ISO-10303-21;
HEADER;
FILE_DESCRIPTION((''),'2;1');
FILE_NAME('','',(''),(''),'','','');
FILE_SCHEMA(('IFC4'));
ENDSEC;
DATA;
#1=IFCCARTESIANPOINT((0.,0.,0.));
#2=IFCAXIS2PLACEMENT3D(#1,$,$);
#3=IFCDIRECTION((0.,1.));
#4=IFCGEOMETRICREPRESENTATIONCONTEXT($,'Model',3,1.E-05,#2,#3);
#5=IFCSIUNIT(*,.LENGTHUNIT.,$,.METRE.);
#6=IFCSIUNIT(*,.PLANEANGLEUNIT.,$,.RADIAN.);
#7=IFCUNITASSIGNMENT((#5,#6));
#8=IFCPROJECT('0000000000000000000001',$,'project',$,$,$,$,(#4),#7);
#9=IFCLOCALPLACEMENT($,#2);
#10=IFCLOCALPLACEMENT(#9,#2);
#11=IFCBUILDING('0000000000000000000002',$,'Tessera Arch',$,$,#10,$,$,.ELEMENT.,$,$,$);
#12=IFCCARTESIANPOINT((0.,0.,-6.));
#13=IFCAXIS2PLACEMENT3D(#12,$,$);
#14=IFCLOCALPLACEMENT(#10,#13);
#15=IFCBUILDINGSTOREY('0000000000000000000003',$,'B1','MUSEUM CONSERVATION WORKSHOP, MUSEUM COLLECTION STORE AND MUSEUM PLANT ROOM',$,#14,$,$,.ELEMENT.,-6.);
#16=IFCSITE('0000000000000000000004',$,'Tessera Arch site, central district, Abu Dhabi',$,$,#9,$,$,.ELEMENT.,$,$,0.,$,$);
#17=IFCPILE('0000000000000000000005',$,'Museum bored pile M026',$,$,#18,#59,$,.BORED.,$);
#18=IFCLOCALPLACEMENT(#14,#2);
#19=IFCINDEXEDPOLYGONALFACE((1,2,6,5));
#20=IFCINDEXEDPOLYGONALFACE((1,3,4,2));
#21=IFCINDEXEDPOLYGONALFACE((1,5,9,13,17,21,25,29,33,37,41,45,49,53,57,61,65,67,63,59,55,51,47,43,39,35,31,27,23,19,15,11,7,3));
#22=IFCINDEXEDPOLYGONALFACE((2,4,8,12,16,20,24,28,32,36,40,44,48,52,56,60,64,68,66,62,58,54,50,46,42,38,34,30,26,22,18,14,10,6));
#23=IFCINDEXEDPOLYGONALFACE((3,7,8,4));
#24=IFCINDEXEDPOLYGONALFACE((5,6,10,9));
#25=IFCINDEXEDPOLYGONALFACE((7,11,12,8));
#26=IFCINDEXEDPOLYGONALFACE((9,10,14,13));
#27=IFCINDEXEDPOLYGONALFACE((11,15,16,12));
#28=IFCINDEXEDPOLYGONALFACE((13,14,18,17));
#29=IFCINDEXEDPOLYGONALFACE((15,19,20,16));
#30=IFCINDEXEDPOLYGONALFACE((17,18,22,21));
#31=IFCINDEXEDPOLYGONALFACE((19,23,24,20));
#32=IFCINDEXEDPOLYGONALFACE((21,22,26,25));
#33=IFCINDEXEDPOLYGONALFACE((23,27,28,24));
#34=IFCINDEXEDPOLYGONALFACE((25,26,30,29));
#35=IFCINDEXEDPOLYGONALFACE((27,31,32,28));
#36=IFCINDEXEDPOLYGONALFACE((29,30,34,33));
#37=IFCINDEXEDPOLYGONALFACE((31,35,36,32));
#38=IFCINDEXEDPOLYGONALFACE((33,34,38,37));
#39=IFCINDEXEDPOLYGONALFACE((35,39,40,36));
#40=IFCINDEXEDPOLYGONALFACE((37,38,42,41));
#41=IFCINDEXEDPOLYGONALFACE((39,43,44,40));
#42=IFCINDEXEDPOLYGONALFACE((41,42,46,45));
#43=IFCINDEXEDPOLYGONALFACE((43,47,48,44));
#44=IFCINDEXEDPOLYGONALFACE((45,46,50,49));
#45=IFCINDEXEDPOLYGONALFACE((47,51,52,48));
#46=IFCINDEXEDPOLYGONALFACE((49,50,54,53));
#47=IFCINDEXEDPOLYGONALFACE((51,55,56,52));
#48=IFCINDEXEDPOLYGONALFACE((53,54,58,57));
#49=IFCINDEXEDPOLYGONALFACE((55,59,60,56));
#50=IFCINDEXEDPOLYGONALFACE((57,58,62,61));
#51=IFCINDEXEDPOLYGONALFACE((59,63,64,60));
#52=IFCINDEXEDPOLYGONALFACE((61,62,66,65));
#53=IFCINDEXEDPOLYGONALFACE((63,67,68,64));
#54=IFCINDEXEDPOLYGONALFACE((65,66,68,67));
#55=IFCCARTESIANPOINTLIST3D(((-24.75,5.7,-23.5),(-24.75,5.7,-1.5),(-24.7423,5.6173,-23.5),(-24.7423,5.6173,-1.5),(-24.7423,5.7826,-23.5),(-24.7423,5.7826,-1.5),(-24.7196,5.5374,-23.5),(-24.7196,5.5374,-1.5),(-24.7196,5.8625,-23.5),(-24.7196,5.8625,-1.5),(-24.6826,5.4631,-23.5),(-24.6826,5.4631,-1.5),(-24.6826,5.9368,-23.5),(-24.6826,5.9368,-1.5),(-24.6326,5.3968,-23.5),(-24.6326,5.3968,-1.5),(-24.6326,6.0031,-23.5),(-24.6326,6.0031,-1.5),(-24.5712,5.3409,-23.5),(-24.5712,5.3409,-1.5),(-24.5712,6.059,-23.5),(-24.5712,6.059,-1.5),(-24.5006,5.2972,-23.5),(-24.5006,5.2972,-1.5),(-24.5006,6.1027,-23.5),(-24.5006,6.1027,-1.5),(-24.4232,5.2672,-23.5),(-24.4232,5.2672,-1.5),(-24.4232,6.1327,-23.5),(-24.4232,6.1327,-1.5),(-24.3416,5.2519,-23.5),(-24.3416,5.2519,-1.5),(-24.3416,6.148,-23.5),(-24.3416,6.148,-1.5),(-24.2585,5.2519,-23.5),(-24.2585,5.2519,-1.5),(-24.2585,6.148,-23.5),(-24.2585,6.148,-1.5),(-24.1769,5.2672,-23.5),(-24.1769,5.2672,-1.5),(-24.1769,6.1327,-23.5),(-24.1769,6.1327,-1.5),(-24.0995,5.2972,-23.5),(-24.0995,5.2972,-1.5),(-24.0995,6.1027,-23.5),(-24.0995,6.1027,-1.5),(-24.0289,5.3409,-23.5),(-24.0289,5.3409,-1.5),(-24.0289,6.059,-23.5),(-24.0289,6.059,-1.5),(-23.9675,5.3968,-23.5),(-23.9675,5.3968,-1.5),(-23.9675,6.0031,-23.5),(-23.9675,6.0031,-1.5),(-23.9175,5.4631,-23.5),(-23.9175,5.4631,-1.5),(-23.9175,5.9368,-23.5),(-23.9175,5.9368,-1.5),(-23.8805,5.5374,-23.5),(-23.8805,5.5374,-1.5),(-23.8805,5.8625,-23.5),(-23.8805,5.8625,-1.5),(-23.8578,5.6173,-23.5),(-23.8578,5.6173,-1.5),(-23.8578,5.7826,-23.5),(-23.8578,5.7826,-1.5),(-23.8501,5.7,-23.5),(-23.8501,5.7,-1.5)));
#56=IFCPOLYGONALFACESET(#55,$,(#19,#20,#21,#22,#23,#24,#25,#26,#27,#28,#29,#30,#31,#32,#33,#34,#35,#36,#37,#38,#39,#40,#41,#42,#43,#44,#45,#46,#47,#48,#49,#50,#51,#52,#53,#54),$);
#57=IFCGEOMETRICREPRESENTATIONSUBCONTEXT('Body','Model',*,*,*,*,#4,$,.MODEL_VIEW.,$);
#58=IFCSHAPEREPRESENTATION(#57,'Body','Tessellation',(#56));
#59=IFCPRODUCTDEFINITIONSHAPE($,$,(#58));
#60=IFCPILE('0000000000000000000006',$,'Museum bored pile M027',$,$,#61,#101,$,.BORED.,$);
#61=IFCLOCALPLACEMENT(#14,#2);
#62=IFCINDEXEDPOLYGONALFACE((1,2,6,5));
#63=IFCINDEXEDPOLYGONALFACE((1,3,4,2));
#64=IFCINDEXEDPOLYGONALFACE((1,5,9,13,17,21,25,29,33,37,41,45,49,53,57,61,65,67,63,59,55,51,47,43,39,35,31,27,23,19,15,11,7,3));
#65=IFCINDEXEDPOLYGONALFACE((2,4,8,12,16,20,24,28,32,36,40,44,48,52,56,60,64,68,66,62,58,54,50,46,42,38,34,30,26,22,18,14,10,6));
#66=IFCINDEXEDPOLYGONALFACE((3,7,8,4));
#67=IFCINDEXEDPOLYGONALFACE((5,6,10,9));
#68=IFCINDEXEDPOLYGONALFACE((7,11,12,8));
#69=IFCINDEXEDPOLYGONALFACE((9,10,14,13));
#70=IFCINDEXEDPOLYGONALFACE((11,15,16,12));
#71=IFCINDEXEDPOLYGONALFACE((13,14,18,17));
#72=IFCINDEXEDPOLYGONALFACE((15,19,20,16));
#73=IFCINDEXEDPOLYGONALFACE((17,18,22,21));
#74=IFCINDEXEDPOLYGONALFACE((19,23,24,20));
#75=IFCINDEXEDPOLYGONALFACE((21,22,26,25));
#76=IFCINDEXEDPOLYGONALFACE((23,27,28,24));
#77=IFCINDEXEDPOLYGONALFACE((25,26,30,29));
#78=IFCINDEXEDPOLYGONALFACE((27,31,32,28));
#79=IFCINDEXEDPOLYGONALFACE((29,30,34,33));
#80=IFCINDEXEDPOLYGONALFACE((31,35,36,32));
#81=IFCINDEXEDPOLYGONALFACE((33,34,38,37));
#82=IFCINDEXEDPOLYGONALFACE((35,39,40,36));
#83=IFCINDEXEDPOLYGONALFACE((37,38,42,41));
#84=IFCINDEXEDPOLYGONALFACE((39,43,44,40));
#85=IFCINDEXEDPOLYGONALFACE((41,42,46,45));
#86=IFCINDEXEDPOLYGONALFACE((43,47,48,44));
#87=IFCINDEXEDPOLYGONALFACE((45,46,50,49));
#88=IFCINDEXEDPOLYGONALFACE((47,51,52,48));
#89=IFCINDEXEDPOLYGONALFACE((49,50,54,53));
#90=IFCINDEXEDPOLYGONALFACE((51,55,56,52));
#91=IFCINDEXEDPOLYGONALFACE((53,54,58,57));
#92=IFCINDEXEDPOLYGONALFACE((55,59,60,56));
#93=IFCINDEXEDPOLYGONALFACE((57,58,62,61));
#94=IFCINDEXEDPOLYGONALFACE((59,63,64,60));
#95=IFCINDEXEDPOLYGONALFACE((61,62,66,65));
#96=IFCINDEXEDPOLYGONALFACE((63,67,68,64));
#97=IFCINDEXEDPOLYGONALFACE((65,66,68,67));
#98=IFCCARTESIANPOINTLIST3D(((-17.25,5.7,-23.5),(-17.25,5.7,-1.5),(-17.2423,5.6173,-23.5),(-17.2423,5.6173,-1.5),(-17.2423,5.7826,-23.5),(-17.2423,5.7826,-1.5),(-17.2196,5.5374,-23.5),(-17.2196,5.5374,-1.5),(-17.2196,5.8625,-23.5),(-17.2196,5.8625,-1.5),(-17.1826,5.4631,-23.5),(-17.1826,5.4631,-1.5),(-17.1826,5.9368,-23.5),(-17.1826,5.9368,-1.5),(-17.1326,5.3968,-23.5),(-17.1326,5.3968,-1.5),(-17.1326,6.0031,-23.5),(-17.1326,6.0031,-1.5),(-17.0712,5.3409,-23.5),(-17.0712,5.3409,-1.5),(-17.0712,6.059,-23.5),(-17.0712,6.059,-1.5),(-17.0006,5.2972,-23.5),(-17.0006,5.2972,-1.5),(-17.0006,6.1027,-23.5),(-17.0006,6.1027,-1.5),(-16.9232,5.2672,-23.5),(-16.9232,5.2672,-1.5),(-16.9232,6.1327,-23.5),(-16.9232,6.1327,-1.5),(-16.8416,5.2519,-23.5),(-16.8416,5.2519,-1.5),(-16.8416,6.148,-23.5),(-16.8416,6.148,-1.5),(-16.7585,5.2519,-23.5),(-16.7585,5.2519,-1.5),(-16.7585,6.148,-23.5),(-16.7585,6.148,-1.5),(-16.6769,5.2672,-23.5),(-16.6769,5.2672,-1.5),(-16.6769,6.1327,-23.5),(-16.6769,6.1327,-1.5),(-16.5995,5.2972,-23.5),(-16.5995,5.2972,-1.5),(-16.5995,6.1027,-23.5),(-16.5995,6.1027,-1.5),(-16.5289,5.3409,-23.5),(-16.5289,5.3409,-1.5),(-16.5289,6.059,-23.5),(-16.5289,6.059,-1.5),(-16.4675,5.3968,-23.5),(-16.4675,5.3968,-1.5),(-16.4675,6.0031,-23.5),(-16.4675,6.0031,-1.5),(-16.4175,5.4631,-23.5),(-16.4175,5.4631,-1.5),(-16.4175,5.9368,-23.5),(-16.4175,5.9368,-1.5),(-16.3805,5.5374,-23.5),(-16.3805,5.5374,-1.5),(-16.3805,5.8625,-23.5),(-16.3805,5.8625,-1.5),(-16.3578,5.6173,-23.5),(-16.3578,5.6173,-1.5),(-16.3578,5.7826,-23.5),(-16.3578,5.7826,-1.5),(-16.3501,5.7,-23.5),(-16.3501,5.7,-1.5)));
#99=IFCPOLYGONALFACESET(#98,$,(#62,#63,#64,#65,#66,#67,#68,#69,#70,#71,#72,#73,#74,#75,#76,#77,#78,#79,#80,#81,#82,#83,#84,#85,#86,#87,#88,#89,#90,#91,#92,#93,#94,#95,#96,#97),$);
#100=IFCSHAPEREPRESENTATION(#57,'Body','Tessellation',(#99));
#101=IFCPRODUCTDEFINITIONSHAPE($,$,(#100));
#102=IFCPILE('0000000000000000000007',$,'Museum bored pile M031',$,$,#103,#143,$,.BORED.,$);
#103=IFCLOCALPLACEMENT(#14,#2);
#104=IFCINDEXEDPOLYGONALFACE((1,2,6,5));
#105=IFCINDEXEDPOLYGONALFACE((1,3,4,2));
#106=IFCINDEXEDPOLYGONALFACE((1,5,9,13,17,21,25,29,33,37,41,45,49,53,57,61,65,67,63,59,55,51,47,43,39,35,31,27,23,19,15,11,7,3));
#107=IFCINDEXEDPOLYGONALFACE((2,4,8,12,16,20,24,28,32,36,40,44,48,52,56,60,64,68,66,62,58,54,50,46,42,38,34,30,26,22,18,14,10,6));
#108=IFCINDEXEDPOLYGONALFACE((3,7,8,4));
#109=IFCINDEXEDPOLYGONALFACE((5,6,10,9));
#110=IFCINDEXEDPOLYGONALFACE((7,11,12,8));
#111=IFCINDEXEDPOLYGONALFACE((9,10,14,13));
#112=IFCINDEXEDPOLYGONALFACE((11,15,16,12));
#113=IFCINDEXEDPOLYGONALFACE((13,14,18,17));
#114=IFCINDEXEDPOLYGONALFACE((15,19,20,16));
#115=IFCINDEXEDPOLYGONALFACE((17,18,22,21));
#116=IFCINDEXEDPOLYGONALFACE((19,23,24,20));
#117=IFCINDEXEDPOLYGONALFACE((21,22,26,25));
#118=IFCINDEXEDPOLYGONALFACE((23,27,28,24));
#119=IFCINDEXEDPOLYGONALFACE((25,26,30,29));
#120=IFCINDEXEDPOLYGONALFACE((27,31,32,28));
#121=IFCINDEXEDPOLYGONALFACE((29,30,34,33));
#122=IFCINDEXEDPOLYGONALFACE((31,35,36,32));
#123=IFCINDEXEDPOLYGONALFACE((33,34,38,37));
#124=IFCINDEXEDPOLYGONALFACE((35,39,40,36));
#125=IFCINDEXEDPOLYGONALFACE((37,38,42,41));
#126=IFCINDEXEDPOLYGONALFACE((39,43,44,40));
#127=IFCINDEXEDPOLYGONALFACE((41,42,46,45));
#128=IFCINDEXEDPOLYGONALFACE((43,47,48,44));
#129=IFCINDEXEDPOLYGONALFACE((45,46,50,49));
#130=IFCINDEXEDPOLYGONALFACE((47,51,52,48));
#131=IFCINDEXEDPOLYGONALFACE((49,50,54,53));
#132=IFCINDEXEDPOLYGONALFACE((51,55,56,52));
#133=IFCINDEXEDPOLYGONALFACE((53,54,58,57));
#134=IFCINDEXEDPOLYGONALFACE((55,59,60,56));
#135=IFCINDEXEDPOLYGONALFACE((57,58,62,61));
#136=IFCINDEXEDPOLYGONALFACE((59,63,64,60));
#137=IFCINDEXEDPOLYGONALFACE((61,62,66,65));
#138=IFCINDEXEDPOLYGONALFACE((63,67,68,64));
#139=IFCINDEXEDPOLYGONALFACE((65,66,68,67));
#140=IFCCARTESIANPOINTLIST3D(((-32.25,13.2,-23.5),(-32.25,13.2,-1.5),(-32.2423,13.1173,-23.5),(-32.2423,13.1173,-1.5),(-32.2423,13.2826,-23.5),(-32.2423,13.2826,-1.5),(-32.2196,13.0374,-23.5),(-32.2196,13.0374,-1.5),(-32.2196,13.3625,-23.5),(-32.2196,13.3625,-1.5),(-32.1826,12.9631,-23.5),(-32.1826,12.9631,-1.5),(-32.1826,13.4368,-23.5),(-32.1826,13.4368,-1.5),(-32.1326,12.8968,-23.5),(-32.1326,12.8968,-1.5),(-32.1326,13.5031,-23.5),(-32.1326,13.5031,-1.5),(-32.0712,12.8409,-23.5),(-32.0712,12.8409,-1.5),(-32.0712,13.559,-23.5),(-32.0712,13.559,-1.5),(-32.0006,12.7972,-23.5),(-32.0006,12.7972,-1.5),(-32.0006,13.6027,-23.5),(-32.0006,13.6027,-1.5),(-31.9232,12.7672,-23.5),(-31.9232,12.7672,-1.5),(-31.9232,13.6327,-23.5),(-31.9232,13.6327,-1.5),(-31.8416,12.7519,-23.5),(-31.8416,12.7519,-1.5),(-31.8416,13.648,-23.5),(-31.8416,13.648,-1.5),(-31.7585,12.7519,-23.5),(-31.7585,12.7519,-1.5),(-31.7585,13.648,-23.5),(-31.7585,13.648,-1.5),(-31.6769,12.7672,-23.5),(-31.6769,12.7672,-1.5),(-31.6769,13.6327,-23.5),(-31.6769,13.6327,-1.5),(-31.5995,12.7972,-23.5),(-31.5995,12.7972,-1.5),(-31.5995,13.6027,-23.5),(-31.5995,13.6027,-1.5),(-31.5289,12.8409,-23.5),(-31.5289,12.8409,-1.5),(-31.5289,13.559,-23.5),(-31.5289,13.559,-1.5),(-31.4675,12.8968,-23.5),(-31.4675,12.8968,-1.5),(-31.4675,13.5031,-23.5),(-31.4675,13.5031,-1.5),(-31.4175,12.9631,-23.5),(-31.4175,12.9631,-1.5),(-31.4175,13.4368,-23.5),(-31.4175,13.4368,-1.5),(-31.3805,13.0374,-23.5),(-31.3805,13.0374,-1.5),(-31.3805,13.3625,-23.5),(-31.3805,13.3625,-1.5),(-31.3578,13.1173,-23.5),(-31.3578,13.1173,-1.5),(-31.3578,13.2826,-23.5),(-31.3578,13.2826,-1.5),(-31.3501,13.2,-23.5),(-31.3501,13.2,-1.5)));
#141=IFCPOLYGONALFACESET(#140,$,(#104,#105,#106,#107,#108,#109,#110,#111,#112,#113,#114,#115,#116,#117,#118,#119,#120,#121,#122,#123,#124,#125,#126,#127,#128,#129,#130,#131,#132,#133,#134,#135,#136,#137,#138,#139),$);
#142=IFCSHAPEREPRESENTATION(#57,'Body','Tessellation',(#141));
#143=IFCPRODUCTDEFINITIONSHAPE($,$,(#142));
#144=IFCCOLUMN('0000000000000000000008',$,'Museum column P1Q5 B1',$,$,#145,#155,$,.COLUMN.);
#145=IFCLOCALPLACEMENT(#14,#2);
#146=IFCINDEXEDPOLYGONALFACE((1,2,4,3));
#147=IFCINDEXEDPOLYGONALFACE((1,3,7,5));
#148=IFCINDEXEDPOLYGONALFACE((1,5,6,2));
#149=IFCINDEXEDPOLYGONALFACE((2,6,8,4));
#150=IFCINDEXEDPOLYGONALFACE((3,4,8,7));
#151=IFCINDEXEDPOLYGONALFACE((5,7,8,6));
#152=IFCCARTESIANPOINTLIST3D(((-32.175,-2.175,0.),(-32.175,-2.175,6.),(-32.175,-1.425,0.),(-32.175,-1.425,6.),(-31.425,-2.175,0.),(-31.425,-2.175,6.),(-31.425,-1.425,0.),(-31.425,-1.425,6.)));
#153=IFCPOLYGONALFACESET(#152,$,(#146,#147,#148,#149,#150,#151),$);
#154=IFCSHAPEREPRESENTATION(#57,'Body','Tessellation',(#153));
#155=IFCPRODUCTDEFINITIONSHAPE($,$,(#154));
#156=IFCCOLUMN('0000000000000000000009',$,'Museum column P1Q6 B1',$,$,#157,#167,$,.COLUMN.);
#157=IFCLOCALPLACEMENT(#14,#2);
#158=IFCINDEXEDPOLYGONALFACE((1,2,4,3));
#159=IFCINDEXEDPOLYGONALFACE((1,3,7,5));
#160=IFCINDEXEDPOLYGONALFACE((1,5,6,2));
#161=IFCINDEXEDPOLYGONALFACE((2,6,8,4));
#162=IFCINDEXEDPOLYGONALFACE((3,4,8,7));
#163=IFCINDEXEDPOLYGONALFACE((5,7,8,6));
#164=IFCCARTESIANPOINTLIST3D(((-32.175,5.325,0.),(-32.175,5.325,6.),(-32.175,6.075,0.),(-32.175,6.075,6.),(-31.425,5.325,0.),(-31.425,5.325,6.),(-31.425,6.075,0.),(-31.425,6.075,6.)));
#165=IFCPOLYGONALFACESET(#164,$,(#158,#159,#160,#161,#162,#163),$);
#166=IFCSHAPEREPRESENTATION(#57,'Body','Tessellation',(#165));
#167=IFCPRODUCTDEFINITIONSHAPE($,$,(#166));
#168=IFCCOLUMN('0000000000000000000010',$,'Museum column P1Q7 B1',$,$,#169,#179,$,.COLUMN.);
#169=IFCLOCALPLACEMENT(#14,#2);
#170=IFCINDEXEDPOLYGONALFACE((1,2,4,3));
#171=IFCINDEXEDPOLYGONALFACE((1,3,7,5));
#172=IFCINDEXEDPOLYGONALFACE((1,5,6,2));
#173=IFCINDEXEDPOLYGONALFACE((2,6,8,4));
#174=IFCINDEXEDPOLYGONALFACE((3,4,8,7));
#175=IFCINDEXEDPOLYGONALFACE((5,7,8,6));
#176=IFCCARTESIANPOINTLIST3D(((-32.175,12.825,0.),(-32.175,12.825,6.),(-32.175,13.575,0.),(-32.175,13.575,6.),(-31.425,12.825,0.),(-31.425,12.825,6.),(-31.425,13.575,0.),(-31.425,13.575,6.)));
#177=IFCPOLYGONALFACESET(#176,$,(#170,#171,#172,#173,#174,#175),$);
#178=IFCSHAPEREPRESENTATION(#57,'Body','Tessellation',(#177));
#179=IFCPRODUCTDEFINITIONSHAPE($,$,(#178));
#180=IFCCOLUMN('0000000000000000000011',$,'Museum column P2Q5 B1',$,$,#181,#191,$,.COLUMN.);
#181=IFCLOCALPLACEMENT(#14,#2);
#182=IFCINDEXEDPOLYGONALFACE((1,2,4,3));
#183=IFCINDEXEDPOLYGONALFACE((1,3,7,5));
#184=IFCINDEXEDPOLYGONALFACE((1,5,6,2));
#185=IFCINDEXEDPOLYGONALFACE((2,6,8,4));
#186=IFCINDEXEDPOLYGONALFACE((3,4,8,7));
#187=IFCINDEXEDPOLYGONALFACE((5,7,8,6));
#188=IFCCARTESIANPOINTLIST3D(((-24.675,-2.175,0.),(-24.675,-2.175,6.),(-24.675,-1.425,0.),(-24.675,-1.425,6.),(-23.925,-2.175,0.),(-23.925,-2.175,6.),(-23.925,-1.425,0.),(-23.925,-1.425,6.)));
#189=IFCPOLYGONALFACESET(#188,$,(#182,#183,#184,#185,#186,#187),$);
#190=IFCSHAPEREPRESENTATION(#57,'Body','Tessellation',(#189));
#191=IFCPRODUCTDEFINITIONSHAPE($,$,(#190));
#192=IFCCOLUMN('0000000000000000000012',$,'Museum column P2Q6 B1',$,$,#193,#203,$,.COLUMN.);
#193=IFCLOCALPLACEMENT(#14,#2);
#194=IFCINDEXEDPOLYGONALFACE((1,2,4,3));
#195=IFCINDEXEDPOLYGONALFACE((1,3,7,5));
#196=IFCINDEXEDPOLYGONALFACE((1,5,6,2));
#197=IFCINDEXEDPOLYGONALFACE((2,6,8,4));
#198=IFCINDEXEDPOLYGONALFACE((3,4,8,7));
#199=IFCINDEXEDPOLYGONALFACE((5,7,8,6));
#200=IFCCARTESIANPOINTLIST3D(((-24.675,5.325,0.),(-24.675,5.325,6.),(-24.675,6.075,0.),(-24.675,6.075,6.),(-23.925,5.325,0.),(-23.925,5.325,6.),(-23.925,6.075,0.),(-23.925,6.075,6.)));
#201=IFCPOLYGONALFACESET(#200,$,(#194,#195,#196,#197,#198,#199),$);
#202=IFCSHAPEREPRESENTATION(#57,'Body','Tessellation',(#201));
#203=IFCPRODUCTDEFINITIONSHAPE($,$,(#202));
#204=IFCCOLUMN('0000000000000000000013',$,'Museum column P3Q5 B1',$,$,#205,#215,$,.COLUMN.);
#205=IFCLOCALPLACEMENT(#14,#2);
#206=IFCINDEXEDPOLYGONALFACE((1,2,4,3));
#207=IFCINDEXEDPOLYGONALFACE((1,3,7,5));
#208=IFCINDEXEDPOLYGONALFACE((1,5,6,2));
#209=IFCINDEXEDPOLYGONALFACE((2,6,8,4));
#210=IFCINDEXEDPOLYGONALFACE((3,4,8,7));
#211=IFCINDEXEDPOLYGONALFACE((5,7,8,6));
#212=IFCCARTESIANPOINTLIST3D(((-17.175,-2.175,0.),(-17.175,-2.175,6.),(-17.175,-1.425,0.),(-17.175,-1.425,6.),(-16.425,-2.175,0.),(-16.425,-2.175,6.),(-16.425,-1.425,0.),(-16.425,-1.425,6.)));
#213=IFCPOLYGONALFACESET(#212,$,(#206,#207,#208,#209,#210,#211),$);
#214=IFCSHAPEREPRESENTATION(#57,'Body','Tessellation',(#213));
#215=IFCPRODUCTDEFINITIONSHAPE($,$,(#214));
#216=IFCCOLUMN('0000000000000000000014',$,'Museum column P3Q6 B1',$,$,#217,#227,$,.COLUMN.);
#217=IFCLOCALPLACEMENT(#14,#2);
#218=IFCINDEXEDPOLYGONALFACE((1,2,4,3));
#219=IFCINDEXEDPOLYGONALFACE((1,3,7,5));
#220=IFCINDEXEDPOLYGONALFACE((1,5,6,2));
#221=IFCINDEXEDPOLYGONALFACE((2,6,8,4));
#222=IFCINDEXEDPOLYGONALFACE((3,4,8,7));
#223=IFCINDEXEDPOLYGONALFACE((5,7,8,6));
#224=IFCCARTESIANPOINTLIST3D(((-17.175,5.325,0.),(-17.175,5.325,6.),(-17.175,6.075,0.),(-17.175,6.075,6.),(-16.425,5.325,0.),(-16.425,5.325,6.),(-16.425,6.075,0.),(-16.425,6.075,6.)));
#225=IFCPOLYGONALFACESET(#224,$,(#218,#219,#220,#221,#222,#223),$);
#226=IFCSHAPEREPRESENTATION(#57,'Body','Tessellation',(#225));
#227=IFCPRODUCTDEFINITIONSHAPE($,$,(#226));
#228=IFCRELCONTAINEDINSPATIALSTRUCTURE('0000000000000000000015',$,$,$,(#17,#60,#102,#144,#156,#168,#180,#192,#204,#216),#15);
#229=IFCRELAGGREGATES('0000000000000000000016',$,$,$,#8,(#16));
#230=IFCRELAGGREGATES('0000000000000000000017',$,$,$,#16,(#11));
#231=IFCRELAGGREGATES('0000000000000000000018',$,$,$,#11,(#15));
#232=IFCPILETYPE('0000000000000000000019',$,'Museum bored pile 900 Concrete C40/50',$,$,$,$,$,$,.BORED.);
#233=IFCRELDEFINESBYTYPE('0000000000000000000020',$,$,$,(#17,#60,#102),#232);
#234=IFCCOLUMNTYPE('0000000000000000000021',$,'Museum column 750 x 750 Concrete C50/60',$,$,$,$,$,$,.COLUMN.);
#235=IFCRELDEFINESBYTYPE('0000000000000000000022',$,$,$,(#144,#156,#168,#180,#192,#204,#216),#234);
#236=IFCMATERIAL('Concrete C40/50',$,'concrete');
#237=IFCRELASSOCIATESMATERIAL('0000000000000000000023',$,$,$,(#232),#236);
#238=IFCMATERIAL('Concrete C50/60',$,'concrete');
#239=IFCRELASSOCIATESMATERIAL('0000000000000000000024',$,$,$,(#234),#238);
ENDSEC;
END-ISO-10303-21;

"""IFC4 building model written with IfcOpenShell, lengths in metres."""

from ifc_helpers import new_model, si_unit, direction, frame, origin, origin_2d, place, context, subcontext, project, spatial, rectangle, circle, extrude, material, material_profile, profile_set, type_object, element, save


model = new_model("IFC4")

# Units and contexts
model_context = context("Model", 3, precision=1e-05, world=origin(), true_north=direction((0.0, 1.0)))
body_context = subcontext(model_context, "Body", "Model", "MODEL_VIEW")
ifc_project = project(units=[si_unit("LENGTHUNIT", "METRE"), si_unit("PLANEANGLEUNIT", "RADIAN")], contexts=[model_context])

# Site, building, storey
site_placement = place(None, origin())
site = spatial("IfcSite", under=ifc_project, at=site_placement, Name="Tessera Arch site, central district, Abu Dhabi", CompositionType="ELEMENT", RefElevation=0.0)
building_placement = place(site_placement, origin())
building = spatial("IfcBuilding", under=site, at=building_placement, Name="Tessera Arch", CompositionType="ELEMENT")
storey_placement = place(building_placement, frame((0.0, 0.0, -6.0)))
storey = spatial("IfcBuildingStorey", under=building, at=storey_placement, Name="B1", Description="MUSEUM CONSERVATION WORKSHOP, MUSEUM COLLECTION STORE AND MUSEUM PLANT ROOM", CompositionType="ELEMENT", Elevation=-6.0)

# Piles
ifc_material_1 = material(Name="Concrete C40/50", Category="concrete")
pile_type = type_object("IfcPileType", Name="Museum bored pile 900 Concrete C40/50", PredefinedType="BORED", material=ifc_material_1)
for number, where, z_axis, x_axis, name in (
    (1, (-24.3, 5.7, -1.5), (0.0, 0.0, -1.0), (1.0, 0.0, 0.0), "Museum bored pile M026"),
    (2, (-16.8, 5.7, -1.5), (0.0, 0.0, -1.0), (1.0, 0.0, 0.0), "Museum bored pile M027"),
    (3, (-31.8, 13.2, -1.5), (0.0, 0.0, -1.0), (1.0, 0.0, 0.0), "Museum bored pile M031"),
):
    element("IfcPile", number, at=place(storey_placement, frame(where, z_axis=z_axis, x_axis=x_axis)), inside=storey, type_object=pile_type, Name=name, PredefinedType="BORED", context=body_context, shape_type="SweptSolid", body=[
        extrude(circle(Radius=0.45, at=origin_2d()), origin(), (0.0, 0.0, 1.0), 22.0),
    ])

# Columns
ifc_material_2 = material(Name="Concrete C50/60", Category="concrete")
ifc_material_profile_1 = material_profile(ifc_material_2, rectangle(XDim=0.75, YDim=0.75, at=origin_2d()), Name="Museum column 750 x 750 Concrete C50/60")
ifc_profile_set_1 = profile_set([ifc_material_profile_1], Name="Concrete C50/60")
column_type = type_object("IfcColumnType", Name="Museum column 750 x 750 Concrete C50/60", PredefinedType="COLUMN", material=ifc_profile_set_1)
for number, where, z_axis, x_axis, name in (
    (4, (-31.8, -1.8, 0.0), (0.0, 0.0, 1.0), (1.0, 0.0, 0.0), "Museum column P1Q5 B1"),
    (5, (-31.8, 5.7, 0.0), (0.0, 0.0, 1.0), (1.0, 0.0, 0.0), "Museum column P1Q6 B1"),
    (6, (-31.8, 13.2, 0.0), (0.0, 0.0, 1.0), (1.0, 0.0, 0.0), "Museum column P1Q7 B1"),
    (7, (-24.3, -1.8, 0.0), (0.0, 0.0, 1.0), (1.0, 0.0, 0.0), "Museum column P2Q5 B1"),
    (8, (-24.3, 5.7, 0.0), (0.0, 0.0, 1.0), (1.0, 0.0, 0.0), "Museum column P2Q6 B1"),
    (9, (-16.8, -1.8, 0.0), (0.0, 0.0, 1.0), (1.0, 0.0, 0.0), "Museum column P3Q5 B1"),
    (10, (-16.8, 5.7, 0.0), (0.0, 0.0, 1.0), (1.0, 0.0, 0.0), "Museum column P3Q6 B1"),
):
    element("IfcColumn", number, at=place(storey_placement, frame(where, z_axis=z_axis, x_axis=x_axis)), inside=storey, type_object=column_type, Name=name, PredefinedType="COLUMN", context=body_context, shape_type="SweptSolid", body=[
        extrude(rectangle(XDim=0.75, YDim=0.75, at=origin_2d()), origin(), (0.0, 0.0, 1.0), 6.0),
    ])

save(model, "model.ifc")
